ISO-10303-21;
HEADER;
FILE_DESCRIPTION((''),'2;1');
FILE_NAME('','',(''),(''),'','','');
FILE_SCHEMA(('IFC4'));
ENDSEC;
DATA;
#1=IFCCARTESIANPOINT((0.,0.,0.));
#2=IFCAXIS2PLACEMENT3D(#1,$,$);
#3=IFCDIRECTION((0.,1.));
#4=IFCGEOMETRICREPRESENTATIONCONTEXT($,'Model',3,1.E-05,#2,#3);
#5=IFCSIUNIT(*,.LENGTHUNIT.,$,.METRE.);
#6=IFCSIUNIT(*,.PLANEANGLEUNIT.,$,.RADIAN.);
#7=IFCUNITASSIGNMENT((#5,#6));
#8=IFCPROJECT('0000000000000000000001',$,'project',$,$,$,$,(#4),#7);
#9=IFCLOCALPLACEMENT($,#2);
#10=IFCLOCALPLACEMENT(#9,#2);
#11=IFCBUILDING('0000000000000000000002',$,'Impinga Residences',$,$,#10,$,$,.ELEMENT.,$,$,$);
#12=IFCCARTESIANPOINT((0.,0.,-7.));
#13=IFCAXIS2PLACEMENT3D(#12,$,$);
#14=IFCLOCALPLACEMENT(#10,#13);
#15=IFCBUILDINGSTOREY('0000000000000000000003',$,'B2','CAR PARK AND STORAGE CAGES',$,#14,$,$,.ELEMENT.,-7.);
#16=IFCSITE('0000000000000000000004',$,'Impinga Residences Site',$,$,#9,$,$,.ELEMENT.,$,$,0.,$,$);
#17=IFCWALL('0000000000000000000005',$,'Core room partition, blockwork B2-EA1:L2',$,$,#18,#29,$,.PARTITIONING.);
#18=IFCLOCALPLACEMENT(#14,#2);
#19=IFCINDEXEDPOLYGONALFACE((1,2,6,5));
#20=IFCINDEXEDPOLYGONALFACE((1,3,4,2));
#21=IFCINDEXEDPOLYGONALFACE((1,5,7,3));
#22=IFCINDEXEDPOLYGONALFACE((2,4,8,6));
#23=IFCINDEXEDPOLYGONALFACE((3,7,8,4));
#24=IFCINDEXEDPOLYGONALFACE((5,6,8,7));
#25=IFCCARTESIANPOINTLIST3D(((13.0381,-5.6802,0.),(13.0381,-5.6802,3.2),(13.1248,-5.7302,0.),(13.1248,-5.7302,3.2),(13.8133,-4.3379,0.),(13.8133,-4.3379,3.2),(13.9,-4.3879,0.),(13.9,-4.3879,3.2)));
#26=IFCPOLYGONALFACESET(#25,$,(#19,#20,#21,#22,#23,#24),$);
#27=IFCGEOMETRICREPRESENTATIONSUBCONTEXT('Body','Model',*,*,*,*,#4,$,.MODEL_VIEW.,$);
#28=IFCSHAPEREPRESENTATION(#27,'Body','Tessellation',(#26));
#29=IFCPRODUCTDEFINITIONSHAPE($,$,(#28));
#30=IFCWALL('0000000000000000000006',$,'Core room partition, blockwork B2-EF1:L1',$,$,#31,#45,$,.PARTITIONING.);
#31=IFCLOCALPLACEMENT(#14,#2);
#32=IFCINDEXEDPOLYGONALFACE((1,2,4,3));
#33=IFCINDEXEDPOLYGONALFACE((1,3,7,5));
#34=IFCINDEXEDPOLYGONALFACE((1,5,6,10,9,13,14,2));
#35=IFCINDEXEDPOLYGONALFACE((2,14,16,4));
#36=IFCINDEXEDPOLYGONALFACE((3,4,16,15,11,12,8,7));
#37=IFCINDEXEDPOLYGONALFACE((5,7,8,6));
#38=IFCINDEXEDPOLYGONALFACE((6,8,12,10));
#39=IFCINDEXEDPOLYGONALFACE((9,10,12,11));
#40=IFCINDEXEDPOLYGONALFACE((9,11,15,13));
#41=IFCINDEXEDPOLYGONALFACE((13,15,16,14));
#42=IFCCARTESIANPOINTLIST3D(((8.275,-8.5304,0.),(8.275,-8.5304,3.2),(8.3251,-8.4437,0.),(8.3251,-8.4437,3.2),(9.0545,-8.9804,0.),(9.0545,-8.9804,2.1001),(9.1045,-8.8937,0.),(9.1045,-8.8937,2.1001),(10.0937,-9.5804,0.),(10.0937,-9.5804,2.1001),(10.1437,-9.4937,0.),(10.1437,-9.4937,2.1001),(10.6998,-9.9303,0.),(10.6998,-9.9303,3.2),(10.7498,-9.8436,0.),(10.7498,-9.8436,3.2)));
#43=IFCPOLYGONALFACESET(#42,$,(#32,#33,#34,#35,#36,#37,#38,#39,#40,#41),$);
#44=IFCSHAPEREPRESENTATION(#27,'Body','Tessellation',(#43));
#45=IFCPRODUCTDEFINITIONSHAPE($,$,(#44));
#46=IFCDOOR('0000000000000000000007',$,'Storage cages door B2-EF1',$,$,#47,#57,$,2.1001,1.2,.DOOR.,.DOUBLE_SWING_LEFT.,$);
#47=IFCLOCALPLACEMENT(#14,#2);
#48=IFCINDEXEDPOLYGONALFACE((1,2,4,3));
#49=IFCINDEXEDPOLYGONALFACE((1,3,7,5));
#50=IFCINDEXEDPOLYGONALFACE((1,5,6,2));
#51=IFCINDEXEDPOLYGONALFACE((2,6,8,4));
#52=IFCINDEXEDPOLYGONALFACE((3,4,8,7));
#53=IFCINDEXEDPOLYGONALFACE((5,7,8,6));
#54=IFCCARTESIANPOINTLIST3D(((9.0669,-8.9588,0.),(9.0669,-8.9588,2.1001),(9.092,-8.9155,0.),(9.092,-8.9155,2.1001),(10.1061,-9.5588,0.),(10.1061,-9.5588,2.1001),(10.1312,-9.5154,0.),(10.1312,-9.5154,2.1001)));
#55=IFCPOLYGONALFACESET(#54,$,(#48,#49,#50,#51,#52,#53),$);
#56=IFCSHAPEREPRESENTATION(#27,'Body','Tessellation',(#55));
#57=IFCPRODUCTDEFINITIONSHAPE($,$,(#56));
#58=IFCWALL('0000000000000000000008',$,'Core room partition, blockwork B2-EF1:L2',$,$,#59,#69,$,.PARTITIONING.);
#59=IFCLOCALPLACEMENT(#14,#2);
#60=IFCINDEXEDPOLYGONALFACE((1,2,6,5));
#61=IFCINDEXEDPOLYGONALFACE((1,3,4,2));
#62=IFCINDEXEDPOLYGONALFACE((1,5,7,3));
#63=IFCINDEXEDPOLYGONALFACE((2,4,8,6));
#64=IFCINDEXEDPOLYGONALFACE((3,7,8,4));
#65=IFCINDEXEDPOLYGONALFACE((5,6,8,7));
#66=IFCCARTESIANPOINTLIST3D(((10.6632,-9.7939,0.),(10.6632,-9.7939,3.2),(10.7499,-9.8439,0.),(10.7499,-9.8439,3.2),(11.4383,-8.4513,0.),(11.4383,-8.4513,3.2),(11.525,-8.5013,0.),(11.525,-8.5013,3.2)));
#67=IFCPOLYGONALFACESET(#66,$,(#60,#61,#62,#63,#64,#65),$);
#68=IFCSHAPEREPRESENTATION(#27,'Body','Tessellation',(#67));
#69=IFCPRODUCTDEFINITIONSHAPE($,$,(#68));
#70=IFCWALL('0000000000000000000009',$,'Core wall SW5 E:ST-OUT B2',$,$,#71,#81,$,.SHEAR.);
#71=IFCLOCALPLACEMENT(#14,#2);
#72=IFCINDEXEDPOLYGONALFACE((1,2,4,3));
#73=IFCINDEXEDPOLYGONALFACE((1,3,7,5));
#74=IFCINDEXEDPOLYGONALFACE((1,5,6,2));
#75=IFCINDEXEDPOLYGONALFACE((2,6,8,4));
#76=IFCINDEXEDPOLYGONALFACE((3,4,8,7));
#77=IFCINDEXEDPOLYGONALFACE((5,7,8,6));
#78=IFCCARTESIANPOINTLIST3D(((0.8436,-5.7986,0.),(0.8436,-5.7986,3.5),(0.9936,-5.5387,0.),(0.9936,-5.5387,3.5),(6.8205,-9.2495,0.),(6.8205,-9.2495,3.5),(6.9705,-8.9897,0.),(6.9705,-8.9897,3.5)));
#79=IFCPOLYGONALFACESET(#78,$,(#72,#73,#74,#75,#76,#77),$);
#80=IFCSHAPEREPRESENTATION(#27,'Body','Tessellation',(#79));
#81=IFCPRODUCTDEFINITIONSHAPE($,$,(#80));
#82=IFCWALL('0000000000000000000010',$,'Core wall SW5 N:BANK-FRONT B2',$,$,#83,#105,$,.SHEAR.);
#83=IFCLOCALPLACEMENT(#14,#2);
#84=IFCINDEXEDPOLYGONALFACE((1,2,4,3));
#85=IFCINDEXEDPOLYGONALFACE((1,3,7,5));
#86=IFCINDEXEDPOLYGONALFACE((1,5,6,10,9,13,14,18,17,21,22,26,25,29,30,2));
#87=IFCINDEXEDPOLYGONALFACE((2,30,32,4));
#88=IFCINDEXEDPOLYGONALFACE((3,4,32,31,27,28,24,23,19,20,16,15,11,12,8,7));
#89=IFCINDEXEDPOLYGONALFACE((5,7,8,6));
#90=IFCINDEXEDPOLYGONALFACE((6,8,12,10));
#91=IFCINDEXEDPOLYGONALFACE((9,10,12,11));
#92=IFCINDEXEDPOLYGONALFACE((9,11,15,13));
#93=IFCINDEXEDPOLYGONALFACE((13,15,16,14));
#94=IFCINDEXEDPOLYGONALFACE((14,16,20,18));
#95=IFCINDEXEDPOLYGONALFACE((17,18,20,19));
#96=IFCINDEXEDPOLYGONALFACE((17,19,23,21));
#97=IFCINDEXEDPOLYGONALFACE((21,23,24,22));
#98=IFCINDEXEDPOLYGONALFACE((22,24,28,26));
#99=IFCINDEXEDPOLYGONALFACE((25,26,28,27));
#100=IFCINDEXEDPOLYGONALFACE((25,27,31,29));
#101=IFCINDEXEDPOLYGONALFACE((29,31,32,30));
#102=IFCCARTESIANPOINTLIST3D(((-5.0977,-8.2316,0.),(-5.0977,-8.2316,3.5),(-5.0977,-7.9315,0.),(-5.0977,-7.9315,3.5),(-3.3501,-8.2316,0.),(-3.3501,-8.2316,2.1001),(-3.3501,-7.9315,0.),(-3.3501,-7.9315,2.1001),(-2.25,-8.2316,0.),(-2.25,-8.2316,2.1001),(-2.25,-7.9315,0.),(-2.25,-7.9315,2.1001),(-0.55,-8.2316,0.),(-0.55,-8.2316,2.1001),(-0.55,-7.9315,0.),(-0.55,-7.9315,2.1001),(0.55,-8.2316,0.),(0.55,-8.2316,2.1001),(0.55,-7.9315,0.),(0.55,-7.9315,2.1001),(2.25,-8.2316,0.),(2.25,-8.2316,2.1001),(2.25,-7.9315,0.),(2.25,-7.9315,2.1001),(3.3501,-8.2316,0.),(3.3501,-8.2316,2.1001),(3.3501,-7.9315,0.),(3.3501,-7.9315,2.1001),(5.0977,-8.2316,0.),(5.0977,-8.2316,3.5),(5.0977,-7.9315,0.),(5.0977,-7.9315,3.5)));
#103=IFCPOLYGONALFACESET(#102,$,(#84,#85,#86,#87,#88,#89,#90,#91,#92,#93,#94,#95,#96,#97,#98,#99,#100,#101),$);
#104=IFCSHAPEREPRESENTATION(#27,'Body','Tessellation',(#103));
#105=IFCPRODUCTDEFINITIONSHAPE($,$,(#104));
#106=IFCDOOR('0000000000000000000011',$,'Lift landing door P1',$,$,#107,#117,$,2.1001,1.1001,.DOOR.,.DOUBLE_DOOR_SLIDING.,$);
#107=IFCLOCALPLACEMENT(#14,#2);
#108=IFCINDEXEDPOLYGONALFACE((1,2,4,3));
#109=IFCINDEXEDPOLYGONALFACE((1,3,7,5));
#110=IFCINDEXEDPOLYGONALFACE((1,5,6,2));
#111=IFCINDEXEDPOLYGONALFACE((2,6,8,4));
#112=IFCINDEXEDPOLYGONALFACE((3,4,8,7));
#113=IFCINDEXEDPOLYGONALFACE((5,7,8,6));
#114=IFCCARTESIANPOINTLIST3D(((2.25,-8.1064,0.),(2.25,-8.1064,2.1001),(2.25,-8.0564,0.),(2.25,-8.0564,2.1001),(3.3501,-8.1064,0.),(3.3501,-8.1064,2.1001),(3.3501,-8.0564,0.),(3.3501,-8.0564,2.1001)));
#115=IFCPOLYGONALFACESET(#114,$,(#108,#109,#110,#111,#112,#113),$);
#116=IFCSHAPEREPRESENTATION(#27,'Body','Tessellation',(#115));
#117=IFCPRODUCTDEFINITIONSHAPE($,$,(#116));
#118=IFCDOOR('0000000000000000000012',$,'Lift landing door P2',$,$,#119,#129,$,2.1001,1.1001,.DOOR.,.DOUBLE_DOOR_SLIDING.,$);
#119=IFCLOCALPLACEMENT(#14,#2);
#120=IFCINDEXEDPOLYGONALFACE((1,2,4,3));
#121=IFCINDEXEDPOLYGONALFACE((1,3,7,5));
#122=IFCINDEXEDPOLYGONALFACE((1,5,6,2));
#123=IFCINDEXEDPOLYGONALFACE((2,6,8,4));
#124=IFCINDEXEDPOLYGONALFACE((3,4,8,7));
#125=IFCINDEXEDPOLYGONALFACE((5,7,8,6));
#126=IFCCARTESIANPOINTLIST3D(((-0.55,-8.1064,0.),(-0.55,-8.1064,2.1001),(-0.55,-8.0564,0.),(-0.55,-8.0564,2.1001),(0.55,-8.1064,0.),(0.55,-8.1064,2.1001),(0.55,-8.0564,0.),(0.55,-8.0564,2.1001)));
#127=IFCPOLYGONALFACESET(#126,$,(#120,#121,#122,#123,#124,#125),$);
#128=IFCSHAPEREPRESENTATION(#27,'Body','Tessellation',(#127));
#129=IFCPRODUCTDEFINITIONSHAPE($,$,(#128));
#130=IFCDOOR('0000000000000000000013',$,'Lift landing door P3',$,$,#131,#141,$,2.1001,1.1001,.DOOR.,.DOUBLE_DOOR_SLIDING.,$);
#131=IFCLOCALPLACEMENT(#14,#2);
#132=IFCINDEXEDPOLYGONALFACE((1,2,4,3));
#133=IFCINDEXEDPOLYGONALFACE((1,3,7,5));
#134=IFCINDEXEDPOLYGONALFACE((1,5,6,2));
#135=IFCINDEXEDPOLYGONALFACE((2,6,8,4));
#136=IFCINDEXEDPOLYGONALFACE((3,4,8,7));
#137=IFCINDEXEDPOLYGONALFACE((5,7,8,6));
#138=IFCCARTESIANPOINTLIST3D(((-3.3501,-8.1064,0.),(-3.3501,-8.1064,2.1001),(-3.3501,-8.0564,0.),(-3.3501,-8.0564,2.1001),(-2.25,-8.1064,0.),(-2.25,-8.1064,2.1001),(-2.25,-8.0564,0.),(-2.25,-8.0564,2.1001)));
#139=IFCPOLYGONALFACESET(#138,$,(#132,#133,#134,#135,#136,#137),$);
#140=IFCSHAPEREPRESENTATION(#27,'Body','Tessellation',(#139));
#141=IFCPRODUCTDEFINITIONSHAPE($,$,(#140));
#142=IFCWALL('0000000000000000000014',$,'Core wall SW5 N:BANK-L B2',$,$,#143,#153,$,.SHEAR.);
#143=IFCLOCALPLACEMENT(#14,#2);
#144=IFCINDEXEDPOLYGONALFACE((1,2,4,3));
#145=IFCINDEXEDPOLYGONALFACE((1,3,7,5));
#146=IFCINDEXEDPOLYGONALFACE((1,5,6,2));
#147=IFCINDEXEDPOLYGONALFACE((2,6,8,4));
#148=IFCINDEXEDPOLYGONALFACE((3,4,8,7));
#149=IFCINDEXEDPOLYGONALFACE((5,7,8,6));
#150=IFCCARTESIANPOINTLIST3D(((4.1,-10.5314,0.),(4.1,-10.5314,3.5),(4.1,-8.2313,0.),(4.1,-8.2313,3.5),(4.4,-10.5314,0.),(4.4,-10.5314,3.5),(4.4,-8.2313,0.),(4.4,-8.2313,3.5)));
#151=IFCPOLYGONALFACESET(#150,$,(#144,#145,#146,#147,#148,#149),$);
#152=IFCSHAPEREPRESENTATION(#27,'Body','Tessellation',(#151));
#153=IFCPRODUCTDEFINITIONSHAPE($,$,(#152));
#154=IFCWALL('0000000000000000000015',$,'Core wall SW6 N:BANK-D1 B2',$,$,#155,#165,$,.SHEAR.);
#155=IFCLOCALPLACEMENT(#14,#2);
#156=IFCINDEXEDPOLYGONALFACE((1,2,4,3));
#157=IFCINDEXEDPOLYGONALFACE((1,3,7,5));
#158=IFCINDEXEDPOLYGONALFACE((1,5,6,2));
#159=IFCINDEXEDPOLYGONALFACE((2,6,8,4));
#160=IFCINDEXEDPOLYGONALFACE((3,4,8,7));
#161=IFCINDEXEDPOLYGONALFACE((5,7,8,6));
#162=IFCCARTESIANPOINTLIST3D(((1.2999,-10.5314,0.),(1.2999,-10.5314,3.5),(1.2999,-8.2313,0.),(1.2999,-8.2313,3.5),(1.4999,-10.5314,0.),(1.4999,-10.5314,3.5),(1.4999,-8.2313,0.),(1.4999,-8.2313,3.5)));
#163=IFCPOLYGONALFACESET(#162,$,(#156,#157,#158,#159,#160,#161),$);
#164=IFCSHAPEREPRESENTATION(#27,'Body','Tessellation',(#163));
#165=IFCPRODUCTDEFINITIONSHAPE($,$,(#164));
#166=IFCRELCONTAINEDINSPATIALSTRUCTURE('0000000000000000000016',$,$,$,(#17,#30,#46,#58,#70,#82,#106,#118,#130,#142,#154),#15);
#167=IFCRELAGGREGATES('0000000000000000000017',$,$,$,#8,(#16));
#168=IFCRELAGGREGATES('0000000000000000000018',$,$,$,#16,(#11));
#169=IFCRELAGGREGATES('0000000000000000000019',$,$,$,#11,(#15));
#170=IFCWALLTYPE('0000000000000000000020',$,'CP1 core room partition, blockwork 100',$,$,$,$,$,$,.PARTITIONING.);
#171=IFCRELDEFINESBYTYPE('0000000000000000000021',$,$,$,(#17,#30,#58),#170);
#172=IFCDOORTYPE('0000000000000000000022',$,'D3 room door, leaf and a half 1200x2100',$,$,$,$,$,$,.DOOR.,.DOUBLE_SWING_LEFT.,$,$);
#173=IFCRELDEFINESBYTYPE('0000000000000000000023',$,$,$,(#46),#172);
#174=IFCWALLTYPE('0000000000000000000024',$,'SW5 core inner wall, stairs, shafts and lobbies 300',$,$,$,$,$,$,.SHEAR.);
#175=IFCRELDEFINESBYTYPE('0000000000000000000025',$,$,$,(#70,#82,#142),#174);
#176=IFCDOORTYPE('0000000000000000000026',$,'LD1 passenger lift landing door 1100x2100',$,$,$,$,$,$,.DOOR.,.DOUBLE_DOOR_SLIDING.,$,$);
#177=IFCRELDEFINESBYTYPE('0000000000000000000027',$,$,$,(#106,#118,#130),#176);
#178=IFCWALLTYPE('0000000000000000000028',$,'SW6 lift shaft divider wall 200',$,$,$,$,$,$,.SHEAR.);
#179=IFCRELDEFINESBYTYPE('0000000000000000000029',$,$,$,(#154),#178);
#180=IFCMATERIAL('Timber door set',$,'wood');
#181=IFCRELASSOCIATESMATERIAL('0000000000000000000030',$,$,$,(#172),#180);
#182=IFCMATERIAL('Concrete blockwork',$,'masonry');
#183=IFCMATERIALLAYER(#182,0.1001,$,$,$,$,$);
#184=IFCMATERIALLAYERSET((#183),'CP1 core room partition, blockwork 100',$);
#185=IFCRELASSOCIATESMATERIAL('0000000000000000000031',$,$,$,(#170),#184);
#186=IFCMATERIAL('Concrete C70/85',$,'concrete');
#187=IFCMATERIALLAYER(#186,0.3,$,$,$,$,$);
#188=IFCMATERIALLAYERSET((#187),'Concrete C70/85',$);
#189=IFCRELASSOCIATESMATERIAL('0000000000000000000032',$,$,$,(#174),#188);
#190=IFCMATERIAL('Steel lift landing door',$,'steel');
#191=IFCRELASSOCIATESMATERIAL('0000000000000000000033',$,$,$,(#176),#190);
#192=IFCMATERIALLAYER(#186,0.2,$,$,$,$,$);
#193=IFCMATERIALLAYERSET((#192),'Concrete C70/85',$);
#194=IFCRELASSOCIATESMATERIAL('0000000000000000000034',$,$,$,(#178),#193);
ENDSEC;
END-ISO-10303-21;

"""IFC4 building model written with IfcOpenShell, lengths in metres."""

from ifc_helpers import new_model, si_unit, direction, frame, frame_2d, origin, place, context, subcontext, project, spatial, rectangle, extrude, material, layer, layer_set, type_object, element, fill, save


model = new_model("IFC4")

# Units and contexts
model_context = context("Model", 3, precision=1e-05, world=origin(), true_north=direction((0.0, 1.0)))
body_context = subcontext(model_context, "Body", "Model", "MODEL_VIEW")
ifc_project = project(units=[si_unit("LENGTHUNIT", "METRE"), si_unit("PLANEANGLEUNIT", "RADIAN")], contexts=[model_context])

# Site, building, storey
site_placement = place(None, origin())
site = spatial("IfcSite", under=ifc_project, at=site_placement, Name="Impinga Residences Site", CompositionType="ELEMENT", RefElevation=0.0)
building_placement = place(site_placement, origin())
building = spatial("IfcBuilding", under=site, at=building_placement, Name="Impinga Residences", CompositionType="ELEMENT")
storey_placement = place(building_placement, frame((0.0, 0.0, -7.0)))
storey = spatial("IfcBuildingStorey", under=building, at=storey_placement, Name="B2", Description="CAR PARK AND STORAGE CAGES", CompositionType="ELEMENT", Elevation=-7.0)

# Shared definitions
ifc_material_1 = material(Name="Concrete C70/85", Category="concrete")

# Shared definitions
ifc_material_2 = material(Name="Timber door set", Category="wood")
door_type_1 = type_object("IfcDoorType", Name="D3 room door, leaf and a half 1200x2100", OperationType="DOUBLE_SWING_LEFT", PredefinedType="DOOR", material=ifc_material_2)

# Wall
ifc_material_3 = material(Name="Concrete blockwork", Category="masonry")
ifc_layer_1 = layer(ifc_material_3, 0.1001)
ifc_layer_set_1 = layer_set([ifc_layer_1], Name="CP1 core room partition, blockwork 100")
wall_type_1 = type_object("IfcWallType", Name="CP1 core room partition, blockwork 100", PredefinedType="PARTITIONING", material=ifc_layer_set_1)
wall_1_placement = place(storey_placement, frame((13.0815, -5.7051, 0.0), z_axis=(0.0, 0.0, 1.0), x_axis=(0.500086, 0.865976, 0.0)))
element("IfcWall", 1, at=wall_1_placement, inside=storey, type_object=wall_type_1, Name="Core room partition, blockwork B2-EA1:L2", PredefinedType="PARTITIONING", context=body_context, shape_type="SweptSolid", body=[
    extrude(rectangle(XDim=1.55, YDim=0.1001, at=frame_2d((0.7749, 0.0))), origin(), (0.0, 0.0, 1.0), 3.2),
])

# Wall, opening, door
wall_2_placement = place(storey_placement, frame((8.3, -8.4871, 0.0), z_axis=(0.0, 0.0, 1.0), x_axis=(0.866035, -0.499984, 0.0)))
wall_2 = element("IfcWall", 2, at=wall_2_placement, inside=storey, type_object=wall_type_1, Name="Core room partition, blockwork B2-EF1:L1", PredefinedType="PARTITIONING", context=body_context, shape_type="SweptSolid", body=[
    extrude(rectangle(XDim=2.7998, YDim=0.1001, at=frame_2d((1.3999, 0.0))), origin(), (0.0, 0.0, 1.0), 3.2),
])
opening_1_placement = place(wall_2_placement, frame((0.8999, 0.0, 0.0)))
opening_1 = element("IfcOpeningElement", 3, at=opening_1_placement, cuts=wall_2, PredefinedType="OPENING", context=body_context, shape_type="SweptSolid", body=[
    extrude(rectangle(XDim=1.2, YDim=2.1001, at=frame_2d((0.6001, 1.05))), frame((0.0, 0.0601, 0.0), z_axis=(0.0, -1.0, 0.0), x_axis=(1.0, 0.0, 0.0)), (0.0, 0.0, 1.0), 0.1201),
])
door_1_placement = place(opening_1_placement, origin())
door_1 = element("IfcDoor", 4, at=door_1_placement, inside=storey, type_object=door_type_1, Name="Storage cages door B2-EF1", OperationType="DOUBLE_SWING_LEFT", OverallHeight=2.1001, OverallWidth=1.2, PredefinedType="DOOR", context=body_context, shape_type="SweptSolid", body=[
    extrude(rectangle(XDim=1.2, YDim=2.1001, at=frame_2d((0.6001, 1.05))), frame((0.0, 0.0249, 0.0), z_axis=(0.0, -1.0, 0.0), x_axis=(1.0, 0.0, 0.0)), (0.0, 0.0, 1.0), 0.05),
])
fill(opening_1, door_1)

# Walls
wall_3_placement = place(storey_placement, frame((11.4817, -8.4763, 0.0), z_axis=(0.0, 0.0, 1.0), x_axis=(-0.500018, -0.866015, 0.0)))
element("IfcWall", 5, at=wall_3_placement, inside=storey, type_object=wall_type_1, Name="Core room partition, blockwork B2-EF1:L2", PredefinedType="PARTITIONING", context=body_context, shape_type="SweptSolid", body=[
    extrude(rectangle(XDim=1.5503, YDim=0.1001, at=frame_2d((0.7751, 0.0))), origin(), (0.0, 0.0, 1.0), 3.2),
])
ifc_layer_2 = layer(ifc_material_1, 0.3)
ifc_layer_set_2 = layer_set([ifc_layer_2], Name="Concrete C70/85")
wall_type_2 = type_object("IfcWallType", Name="SW5 core inner wall, stairs, shafts and lobbies 300", PredefinedType="SHEAR", material=ifc_layer_set_2)
wall_4_placement = place(storey_placement, frame((0.9187, -5.6687, 0.0), z_axis=(0.0, 0.0, 1.0), x_axis=(0.866012, -0.500024, 0.0)))
element("IfcWall", 6, at=wall_4_placement, inside=storey, type_object=wall_type_2, Name="Core wall SW5 E:ST-OUT B2", PredefinedType="SHEAR", context=body_context, shape_type="SweptSolid", body=[
    extrude(rectangle(XDim=6.9016, YDim=0.3, at=frame_2d((3.4507, 0.0))), origin(), (0.0, 0.0, 1.0), 3.5),
])

# Wall, openings, doors
wall_5_placement = place(storey_placement, frame((5.0977, -8.0815, 0.0), z_axis=(0.0, 0.0, 1.0), x_axis=(-1.0, 0.0, 0.0)))
wall_5 = element("IfcWall", 7, at=wall_5_placement, inside=storey, type_object=wall_type_2, Name="Core wall SW5 N:BANK-FRONT B2", PredefinedType="SHEAR", context=body_context, shape_type="SweptSolid", body=[
    extrude(rectangle(XDim=10.1953, YDim=0.3, at=frame_2d((5.0977, 0.0))), origin(), (0.0, 0.0, 1.0), 3.5),
])
opening_2_placement = place(wall_5_placement, frame((1.7476, 0.0, 0.0)))
opening_2 = element("IfcOpeningElement", 8, at=opening_2_placement, cuts=wall_5, PredefinedType="OPENING", context=body_context, shape_type="SweptSolid", body=[
    extrude(rectangle(XDim=1.1001, YDim=2.1001, at=frame_2d((0.55, 1.05))), frame((0.0, 0.1599, 0.0), z_axis=(0.0, -1.0, 0.0), x_axis=(1.0, 0.0, 0.0)), (0.0, 0.0, 1.0), 0.3201),
])
opening_3_placement = place(wall_5_placement, frame((4.5476, 0.0, 0.0)))
opening_3 = element("IfcOpeningElement", 9, at=opening_3_placement, cuts=wall_5, PredefinedType="OPENING", context=body_context, shape_type="SweptSolid", body=[
    extrude(rectangle(XDim=1.1001, YDim=2.1001, at=frame_2d((0.55, 1.05))), frame((0.0, 0.1599, 0.0), z_axis=(0.0, -1.0, 0.0), x_axis=(1.0, 0.0, 0.0)), (0.0, 0.0, 1.0), 0.3201),
])
opening_4_placement = place(wall_5_placement, frame((7.3477, 0.0, 0.0)))
opening_4 = element("IfcOpeningElement", 10, at=opening_4_placement, cuts=wall_5, PredefinedType="OPENING", context=body_context, shape_type="SweptSolid", body=[
    extrude(rectangle(XDim=1.1001, YDim=2.1001, at=frame_2d((0.55, 1.05))), frame((0.0, 0.1599, 0.0), z_axis=(0.0, -1.0, 0.0), x_axis=(1.0, 0.0, 0.0)), (0.0, 0.0, 1.0), 0.3201),
])
ifc_material_4 = material(Name="Steel lift landing door", Category="steel")
door_type_2 = type_object("IfcDoorType", Name="LD1 passenger lift landing door 1100x2100", OperationType="DOUBLE_DOOR_SLIDING", PredefinedType="DOOR", material=ifc_material_4)
door_2_placement = place(opening_2_placement, origin())
door_2 = element("IfcDoor", 11, at=door_2_placement, inside=storey, type_object=door_type_2, Name="Lift landing door P1", OperationType="DOUBLE_DOOR_SLIDING", OverallHeight=2.1001, OverallWidth=1.1001, PredefinedType="DOOR", context=body_context, shape_type="SweptSolid", body=[
    extrude(rectangle(XDim=1.1001, YDim=2.1001, at=frame_2d((0.55, 1.05))), frame((0.0, 0.0249, 0.0), z_axis=(0.0, -1.0, 0.0), x_axis=(1.0, 0.0, 0.0)), (0.0, 0.0, 1.0), 0.05),
])
fill(opening_2, door_2)
door_3_placement = place(opening_3_placement, origin())
door_3 = element("IfcDoor", 12, at=door_3_placement, inside=storey, type_object=door_type_2, Name="Lift landing door P2", OperationType="DOUBLE_DOOR_SLIDING", OverallHeight=2.1001, OverallWidth=1.1001, PredefinedType="DOOR", context=body_context, shape_type="SweptSolid", body=[
    extrude(rectangle(XDim=1.1001, YDim=2.1001, at=frame_2d((0.55, 1.05))), frame((0.0, 0.0249, 0.0), z_axis=(0.0, -1.0, 0.0), x_axis=(1.0, 0.0, 0.0)), (0.0, 0.0, 1.0), 0.05),
])
fill(opening_3, door_3)
door_4_placement = place(opening_4_placement, origin())
door_4 = element("IfcDoor", 13, at=door_4_placement, inside=storey, type_object=door_type_2, Name="Lift landing door P3", OperationType="DOUBLE_DOOR_SLIDING", OverallHeight=2.1001, OverallWidth=1.1001, PredefinedType="DOOR", context=body_context, shape_type="SweptSolid", body=[
    extrude(rectangle(XDim=1.1001, YDim=2.1001, at=frame_2d((0.55, 1.05))), frame((0.0, 0.0249, 0.0), z_axis=(0.0, -1.0, 0.0), x_axis=(1.0, 0.0, 0.0)), (0.0, 0.0, 1.0), 0.05),
])
fill(opening_4, door_4)

# Walls
wall_6_placement = place(storey_placement, frame((4.25, -8.2314, 0.0), z_axis=(0.0, 0.0, 1.0), x_axis=(0.0, -1.0, 0.0)))
element("IfcWall", 14, at=wall_6_placement, inside=storey, type_object=wall_type_2, Name="Core wall SW5 N:BANK-L B2", PredefinedType="SHEAR", context=body_context, shape_type="SweptSolid", body=[
    extrude(rectangle(XDim=2.3, YDim=0.3, at=frame_2d((1.1499, 0.0))), origin(), (0.0, 0.0, 1.0), 3.5),
])
ifc_layer_3 = layer(ifc_material_1, 0.2)
ifc_layer_set_3 = layer_set([ifc_layer_3], Name="Concrete C70/85")
wall_type_3 = type_object("IfcWallType", Name="SW6 lift shaft divider wall 200", PredefinedType="SHEAR", material=ifc_layer_set_3)
wall_7_placement = place(storey_placement, frame((1.3999, -8.2314, 0.0), z_axis=(0.0, 0.0, 1.0), x_axis=(0.0, -1.0, 0.0)))
element("IfcWall", 15, at=wall_7_placement, inside=storey, type_object=wall_type_3, Name="Core wall SW6 N:BANK-D1 B2", PredefinedType="SHEAR", context=body_context, shape_type="SweptSolid", body=[
    extrude(rectangle(XDim=2.3, YDim=0.2, at=frame_2d((1.1499, 0.0))), origin(), (0.0, 0.0, 1.0), 3.5),
])

save(model, "model.ifc")
